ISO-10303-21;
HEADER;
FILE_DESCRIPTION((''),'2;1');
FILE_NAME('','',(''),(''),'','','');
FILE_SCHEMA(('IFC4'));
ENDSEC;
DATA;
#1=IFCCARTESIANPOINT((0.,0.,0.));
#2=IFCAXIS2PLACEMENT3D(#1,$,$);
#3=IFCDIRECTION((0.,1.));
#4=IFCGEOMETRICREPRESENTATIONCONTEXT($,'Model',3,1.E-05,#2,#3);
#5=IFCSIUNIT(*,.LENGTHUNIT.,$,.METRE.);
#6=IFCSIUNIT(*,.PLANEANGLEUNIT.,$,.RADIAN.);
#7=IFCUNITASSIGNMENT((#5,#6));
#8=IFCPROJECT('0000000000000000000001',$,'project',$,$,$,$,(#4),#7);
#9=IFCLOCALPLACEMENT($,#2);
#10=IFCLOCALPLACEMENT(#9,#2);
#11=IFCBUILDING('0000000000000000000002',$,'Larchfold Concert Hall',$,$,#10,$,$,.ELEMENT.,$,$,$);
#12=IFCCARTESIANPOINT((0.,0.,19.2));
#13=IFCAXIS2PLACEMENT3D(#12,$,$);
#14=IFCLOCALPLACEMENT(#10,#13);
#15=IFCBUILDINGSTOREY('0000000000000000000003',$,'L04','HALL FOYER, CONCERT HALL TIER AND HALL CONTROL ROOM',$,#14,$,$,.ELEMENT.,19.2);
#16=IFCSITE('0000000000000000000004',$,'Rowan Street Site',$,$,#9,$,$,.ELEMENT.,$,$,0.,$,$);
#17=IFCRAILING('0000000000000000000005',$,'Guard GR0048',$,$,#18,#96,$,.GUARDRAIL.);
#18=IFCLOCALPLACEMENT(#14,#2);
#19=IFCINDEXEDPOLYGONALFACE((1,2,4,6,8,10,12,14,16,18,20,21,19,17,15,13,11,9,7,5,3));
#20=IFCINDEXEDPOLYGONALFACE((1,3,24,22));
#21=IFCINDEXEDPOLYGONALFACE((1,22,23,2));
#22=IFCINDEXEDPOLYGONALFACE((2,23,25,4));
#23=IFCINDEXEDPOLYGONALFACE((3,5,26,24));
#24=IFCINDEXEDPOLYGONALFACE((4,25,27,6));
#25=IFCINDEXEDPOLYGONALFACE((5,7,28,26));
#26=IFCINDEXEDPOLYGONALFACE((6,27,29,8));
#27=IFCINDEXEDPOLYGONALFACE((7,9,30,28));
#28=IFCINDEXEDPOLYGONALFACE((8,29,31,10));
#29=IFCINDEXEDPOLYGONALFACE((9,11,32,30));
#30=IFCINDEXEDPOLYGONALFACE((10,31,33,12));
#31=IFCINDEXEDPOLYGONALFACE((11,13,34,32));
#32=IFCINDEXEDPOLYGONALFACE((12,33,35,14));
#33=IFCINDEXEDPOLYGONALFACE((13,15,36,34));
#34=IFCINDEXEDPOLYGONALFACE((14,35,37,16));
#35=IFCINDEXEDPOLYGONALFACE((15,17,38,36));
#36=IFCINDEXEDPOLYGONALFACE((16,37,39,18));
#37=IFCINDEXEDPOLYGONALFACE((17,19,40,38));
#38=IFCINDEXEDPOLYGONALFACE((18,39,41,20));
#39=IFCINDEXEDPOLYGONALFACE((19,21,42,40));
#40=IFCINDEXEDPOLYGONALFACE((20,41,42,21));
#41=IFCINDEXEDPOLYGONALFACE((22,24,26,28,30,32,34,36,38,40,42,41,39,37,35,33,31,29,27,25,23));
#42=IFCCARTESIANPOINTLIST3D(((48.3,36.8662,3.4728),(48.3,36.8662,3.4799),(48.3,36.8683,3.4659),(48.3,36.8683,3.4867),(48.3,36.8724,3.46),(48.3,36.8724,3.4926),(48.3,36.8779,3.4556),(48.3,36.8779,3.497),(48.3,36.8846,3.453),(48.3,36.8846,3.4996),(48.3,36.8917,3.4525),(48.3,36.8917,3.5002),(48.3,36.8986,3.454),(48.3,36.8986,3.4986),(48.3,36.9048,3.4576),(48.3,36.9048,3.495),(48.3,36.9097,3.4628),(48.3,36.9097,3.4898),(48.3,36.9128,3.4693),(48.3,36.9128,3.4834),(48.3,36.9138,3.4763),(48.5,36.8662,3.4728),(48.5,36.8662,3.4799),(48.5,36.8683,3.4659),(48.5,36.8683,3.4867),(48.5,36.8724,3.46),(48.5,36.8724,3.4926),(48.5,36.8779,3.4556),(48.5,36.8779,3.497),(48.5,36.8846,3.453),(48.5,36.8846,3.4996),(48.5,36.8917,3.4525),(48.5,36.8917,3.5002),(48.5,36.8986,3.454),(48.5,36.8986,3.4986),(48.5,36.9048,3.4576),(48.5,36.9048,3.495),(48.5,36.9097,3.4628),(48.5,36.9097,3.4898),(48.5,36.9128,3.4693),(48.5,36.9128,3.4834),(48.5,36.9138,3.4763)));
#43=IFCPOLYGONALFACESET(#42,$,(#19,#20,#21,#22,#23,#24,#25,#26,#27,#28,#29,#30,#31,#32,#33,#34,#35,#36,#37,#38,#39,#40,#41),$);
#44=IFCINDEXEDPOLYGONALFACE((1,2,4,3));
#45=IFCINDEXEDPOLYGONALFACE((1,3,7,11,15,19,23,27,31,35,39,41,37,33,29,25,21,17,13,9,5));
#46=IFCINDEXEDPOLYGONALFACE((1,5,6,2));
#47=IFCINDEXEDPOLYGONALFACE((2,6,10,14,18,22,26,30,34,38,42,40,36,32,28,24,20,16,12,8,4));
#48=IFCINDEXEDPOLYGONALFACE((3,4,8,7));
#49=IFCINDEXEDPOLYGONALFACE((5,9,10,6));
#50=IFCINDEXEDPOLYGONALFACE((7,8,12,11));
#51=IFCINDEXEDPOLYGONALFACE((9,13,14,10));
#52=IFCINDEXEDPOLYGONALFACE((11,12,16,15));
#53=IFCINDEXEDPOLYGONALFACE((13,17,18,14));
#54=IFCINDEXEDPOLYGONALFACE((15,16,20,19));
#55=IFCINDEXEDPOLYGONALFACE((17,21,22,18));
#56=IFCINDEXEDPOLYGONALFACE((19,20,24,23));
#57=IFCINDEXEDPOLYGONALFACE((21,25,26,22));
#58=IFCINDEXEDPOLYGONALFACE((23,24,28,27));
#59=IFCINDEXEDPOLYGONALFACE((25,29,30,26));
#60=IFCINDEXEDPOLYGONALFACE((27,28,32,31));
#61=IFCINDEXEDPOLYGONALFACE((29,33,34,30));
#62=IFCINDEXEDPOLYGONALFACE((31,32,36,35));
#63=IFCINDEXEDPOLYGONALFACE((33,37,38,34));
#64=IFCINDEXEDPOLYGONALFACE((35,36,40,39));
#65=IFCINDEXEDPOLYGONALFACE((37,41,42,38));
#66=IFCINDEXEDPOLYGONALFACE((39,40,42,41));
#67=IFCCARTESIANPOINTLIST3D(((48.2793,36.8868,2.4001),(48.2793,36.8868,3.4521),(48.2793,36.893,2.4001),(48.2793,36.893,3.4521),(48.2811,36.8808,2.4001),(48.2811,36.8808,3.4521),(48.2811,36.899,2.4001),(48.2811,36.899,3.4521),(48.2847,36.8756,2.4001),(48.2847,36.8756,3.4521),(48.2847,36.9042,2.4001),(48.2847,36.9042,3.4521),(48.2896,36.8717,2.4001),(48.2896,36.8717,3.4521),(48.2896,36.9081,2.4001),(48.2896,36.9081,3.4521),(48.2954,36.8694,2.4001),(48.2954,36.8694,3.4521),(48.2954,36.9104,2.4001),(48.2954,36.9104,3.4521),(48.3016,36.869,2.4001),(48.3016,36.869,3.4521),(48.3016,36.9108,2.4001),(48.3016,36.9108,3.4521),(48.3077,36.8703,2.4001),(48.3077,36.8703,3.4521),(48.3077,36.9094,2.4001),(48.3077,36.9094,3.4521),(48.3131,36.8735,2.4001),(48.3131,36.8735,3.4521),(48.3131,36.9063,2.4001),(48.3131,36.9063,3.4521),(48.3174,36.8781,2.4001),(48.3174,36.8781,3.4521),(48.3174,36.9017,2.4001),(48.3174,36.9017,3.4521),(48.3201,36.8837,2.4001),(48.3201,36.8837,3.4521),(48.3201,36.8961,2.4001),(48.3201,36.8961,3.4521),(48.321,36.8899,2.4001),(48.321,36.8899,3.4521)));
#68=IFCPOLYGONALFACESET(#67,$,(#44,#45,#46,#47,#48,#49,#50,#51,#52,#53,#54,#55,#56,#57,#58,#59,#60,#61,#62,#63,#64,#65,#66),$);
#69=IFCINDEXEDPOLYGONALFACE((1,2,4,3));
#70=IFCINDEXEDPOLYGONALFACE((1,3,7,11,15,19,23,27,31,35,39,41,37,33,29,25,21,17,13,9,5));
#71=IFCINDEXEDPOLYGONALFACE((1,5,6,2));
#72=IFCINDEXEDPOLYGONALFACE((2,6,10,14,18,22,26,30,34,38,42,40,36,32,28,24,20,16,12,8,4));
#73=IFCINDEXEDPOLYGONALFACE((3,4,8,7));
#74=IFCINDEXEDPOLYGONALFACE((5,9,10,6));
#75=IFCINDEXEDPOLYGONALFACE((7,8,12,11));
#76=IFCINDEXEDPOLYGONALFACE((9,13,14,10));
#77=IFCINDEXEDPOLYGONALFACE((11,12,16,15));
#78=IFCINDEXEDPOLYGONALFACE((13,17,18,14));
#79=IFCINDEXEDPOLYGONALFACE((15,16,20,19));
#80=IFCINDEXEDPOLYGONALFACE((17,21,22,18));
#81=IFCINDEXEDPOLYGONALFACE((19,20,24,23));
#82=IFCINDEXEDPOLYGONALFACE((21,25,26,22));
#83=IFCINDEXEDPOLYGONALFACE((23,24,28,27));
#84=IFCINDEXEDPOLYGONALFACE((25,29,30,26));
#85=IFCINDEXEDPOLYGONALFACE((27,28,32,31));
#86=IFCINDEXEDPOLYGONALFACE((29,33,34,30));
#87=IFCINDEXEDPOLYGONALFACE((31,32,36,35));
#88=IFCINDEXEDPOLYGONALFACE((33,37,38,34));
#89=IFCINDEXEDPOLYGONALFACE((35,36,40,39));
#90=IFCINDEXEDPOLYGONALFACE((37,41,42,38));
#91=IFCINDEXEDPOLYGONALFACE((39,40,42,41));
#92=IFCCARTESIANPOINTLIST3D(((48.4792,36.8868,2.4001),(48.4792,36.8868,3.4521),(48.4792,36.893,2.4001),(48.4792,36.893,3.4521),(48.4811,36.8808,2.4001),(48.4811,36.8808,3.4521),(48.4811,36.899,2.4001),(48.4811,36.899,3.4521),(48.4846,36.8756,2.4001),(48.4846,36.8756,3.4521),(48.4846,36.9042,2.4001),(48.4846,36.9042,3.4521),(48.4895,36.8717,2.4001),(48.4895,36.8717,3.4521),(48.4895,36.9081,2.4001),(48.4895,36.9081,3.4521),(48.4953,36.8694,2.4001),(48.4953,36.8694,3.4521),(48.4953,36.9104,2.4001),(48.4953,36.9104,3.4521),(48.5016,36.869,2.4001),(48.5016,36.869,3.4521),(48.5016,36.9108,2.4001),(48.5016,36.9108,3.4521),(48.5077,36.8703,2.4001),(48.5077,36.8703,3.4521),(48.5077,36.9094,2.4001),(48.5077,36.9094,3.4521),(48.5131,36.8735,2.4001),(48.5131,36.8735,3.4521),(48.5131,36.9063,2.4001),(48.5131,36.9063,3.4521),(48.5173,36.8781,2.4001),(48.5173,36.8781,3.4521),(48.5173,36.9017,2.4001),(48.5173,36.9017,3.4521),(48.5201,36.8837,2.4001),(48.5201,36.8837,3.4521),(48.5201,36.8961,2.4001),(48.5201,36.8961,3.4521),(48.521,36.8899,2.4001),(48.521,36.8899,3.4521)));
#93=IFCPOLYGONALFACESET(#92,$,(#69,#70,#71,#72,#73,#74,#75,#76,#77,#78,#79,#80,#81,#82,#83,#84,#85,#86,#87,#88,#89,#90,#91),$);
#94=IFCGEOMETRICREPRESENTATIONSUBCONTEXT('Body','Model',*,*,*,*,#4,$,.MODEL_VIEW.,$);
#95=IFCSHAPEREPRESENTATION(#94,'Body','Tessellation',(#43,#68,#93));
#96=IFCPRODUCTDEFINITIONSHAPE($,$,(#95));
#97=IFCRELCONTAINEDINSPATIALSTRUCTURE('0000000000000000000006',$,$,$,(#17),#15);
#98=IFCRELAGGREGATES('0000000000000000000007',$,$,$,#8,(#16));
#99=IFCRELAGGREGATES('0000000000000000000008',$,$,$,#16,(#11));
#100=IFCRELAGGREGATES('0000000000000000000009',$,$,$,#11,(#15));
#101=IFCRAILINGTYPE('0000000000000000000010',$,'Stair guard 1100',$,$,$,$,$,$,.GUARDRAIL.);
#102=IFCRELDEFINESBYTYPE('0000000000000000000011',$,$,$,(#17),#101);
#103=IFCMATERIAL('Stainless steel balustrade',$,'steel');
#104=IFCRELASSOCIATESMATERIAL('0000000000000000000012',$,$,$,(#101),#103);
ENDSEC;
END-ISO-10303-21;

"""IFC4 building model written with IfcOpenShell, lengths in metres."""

from ifc_helpers import new_model, si_unit, direction, frame, origin, origin_2d, place, context, subcontext, project, spatial, circle, extrude, material, type_object, element, save


model = new_model("IFC4")

# Units and contexts
model_context = context("Model", 3, precision=1e-05, world=origin(), true_north=direction((0.0, 1.0)))
body_context = subcontext(model_context, "Body", "Model", "MODEL_VIEW")
ifc_project = project(units=[si_unit("LENGTHUNIT", "METRE"), si_unit("PLANEANGLEUNIT", "RADIAN")], contexts=[model_context])

# Site, building, storey
site_placement = place(None, origin())
site = spatial("IfcSite", under=ifc_project, at=site_placement, Name="Rowan Street Site", CompositionType="ELEMENT", RefElevation=0.0)
building_placement = place(site_placement, origin())
building = spatial("IfcBuilding", under=site, at=building_placement, Name="Larchfold Concert Hall", CompositionType="ELEMENT")
storey_placement = place(building_placement, frame((0.0, 0.0, 19.2)))
storey = spatial("IfcBuildingStorey", under=building, at=storey_placement, Name="L04", Description="HALL FOYER, CONCERT HALL TIER AND HALL CONTROL ROOM", CompositionType="ELEMENT", Elevation=19.2)

# Railing
ifc_material_1 = material(Name="Stainless steel balustrade", Category="steel")
railing_type_1 = type_object("IfcRailingType", Name="Stair guard 1100", PredefinedType="GUARDRAIL", material=ifc_material_1)
railing_1_placement = place(storey_placement, frame((48.3, 36.8899, 2.4001)))
element("IfcRailing", 1, at=railing_1_placement, inside=storey, type_object=railing_type_1, Name="Guard GR0048", PredefinedType="GUARDRAIL", context=body_context, shape_type="SweptSolid", body=[
    extrude(circle(Radius=0.0239, at=origin_2d()), frame((0.0, 0.0, 1.0762), z_axis=(1.0, 0.0, 0.0), x_axis=(0.0, 1.0, 0.0)), (0.0, 0.0, 1.0), 0.2),
    extrude(circle(Radius=0.021, at=origin_2d()), origin(), (0.0, 0.0, 1.0), 1.052),
    extrude(circle(Radius=0.021, at=origin_2d()), frame((0.2, 0.0, 0.0)), (0.0, 0.0, 1.0), 1.052),
])

save(model, "model.ifc")
